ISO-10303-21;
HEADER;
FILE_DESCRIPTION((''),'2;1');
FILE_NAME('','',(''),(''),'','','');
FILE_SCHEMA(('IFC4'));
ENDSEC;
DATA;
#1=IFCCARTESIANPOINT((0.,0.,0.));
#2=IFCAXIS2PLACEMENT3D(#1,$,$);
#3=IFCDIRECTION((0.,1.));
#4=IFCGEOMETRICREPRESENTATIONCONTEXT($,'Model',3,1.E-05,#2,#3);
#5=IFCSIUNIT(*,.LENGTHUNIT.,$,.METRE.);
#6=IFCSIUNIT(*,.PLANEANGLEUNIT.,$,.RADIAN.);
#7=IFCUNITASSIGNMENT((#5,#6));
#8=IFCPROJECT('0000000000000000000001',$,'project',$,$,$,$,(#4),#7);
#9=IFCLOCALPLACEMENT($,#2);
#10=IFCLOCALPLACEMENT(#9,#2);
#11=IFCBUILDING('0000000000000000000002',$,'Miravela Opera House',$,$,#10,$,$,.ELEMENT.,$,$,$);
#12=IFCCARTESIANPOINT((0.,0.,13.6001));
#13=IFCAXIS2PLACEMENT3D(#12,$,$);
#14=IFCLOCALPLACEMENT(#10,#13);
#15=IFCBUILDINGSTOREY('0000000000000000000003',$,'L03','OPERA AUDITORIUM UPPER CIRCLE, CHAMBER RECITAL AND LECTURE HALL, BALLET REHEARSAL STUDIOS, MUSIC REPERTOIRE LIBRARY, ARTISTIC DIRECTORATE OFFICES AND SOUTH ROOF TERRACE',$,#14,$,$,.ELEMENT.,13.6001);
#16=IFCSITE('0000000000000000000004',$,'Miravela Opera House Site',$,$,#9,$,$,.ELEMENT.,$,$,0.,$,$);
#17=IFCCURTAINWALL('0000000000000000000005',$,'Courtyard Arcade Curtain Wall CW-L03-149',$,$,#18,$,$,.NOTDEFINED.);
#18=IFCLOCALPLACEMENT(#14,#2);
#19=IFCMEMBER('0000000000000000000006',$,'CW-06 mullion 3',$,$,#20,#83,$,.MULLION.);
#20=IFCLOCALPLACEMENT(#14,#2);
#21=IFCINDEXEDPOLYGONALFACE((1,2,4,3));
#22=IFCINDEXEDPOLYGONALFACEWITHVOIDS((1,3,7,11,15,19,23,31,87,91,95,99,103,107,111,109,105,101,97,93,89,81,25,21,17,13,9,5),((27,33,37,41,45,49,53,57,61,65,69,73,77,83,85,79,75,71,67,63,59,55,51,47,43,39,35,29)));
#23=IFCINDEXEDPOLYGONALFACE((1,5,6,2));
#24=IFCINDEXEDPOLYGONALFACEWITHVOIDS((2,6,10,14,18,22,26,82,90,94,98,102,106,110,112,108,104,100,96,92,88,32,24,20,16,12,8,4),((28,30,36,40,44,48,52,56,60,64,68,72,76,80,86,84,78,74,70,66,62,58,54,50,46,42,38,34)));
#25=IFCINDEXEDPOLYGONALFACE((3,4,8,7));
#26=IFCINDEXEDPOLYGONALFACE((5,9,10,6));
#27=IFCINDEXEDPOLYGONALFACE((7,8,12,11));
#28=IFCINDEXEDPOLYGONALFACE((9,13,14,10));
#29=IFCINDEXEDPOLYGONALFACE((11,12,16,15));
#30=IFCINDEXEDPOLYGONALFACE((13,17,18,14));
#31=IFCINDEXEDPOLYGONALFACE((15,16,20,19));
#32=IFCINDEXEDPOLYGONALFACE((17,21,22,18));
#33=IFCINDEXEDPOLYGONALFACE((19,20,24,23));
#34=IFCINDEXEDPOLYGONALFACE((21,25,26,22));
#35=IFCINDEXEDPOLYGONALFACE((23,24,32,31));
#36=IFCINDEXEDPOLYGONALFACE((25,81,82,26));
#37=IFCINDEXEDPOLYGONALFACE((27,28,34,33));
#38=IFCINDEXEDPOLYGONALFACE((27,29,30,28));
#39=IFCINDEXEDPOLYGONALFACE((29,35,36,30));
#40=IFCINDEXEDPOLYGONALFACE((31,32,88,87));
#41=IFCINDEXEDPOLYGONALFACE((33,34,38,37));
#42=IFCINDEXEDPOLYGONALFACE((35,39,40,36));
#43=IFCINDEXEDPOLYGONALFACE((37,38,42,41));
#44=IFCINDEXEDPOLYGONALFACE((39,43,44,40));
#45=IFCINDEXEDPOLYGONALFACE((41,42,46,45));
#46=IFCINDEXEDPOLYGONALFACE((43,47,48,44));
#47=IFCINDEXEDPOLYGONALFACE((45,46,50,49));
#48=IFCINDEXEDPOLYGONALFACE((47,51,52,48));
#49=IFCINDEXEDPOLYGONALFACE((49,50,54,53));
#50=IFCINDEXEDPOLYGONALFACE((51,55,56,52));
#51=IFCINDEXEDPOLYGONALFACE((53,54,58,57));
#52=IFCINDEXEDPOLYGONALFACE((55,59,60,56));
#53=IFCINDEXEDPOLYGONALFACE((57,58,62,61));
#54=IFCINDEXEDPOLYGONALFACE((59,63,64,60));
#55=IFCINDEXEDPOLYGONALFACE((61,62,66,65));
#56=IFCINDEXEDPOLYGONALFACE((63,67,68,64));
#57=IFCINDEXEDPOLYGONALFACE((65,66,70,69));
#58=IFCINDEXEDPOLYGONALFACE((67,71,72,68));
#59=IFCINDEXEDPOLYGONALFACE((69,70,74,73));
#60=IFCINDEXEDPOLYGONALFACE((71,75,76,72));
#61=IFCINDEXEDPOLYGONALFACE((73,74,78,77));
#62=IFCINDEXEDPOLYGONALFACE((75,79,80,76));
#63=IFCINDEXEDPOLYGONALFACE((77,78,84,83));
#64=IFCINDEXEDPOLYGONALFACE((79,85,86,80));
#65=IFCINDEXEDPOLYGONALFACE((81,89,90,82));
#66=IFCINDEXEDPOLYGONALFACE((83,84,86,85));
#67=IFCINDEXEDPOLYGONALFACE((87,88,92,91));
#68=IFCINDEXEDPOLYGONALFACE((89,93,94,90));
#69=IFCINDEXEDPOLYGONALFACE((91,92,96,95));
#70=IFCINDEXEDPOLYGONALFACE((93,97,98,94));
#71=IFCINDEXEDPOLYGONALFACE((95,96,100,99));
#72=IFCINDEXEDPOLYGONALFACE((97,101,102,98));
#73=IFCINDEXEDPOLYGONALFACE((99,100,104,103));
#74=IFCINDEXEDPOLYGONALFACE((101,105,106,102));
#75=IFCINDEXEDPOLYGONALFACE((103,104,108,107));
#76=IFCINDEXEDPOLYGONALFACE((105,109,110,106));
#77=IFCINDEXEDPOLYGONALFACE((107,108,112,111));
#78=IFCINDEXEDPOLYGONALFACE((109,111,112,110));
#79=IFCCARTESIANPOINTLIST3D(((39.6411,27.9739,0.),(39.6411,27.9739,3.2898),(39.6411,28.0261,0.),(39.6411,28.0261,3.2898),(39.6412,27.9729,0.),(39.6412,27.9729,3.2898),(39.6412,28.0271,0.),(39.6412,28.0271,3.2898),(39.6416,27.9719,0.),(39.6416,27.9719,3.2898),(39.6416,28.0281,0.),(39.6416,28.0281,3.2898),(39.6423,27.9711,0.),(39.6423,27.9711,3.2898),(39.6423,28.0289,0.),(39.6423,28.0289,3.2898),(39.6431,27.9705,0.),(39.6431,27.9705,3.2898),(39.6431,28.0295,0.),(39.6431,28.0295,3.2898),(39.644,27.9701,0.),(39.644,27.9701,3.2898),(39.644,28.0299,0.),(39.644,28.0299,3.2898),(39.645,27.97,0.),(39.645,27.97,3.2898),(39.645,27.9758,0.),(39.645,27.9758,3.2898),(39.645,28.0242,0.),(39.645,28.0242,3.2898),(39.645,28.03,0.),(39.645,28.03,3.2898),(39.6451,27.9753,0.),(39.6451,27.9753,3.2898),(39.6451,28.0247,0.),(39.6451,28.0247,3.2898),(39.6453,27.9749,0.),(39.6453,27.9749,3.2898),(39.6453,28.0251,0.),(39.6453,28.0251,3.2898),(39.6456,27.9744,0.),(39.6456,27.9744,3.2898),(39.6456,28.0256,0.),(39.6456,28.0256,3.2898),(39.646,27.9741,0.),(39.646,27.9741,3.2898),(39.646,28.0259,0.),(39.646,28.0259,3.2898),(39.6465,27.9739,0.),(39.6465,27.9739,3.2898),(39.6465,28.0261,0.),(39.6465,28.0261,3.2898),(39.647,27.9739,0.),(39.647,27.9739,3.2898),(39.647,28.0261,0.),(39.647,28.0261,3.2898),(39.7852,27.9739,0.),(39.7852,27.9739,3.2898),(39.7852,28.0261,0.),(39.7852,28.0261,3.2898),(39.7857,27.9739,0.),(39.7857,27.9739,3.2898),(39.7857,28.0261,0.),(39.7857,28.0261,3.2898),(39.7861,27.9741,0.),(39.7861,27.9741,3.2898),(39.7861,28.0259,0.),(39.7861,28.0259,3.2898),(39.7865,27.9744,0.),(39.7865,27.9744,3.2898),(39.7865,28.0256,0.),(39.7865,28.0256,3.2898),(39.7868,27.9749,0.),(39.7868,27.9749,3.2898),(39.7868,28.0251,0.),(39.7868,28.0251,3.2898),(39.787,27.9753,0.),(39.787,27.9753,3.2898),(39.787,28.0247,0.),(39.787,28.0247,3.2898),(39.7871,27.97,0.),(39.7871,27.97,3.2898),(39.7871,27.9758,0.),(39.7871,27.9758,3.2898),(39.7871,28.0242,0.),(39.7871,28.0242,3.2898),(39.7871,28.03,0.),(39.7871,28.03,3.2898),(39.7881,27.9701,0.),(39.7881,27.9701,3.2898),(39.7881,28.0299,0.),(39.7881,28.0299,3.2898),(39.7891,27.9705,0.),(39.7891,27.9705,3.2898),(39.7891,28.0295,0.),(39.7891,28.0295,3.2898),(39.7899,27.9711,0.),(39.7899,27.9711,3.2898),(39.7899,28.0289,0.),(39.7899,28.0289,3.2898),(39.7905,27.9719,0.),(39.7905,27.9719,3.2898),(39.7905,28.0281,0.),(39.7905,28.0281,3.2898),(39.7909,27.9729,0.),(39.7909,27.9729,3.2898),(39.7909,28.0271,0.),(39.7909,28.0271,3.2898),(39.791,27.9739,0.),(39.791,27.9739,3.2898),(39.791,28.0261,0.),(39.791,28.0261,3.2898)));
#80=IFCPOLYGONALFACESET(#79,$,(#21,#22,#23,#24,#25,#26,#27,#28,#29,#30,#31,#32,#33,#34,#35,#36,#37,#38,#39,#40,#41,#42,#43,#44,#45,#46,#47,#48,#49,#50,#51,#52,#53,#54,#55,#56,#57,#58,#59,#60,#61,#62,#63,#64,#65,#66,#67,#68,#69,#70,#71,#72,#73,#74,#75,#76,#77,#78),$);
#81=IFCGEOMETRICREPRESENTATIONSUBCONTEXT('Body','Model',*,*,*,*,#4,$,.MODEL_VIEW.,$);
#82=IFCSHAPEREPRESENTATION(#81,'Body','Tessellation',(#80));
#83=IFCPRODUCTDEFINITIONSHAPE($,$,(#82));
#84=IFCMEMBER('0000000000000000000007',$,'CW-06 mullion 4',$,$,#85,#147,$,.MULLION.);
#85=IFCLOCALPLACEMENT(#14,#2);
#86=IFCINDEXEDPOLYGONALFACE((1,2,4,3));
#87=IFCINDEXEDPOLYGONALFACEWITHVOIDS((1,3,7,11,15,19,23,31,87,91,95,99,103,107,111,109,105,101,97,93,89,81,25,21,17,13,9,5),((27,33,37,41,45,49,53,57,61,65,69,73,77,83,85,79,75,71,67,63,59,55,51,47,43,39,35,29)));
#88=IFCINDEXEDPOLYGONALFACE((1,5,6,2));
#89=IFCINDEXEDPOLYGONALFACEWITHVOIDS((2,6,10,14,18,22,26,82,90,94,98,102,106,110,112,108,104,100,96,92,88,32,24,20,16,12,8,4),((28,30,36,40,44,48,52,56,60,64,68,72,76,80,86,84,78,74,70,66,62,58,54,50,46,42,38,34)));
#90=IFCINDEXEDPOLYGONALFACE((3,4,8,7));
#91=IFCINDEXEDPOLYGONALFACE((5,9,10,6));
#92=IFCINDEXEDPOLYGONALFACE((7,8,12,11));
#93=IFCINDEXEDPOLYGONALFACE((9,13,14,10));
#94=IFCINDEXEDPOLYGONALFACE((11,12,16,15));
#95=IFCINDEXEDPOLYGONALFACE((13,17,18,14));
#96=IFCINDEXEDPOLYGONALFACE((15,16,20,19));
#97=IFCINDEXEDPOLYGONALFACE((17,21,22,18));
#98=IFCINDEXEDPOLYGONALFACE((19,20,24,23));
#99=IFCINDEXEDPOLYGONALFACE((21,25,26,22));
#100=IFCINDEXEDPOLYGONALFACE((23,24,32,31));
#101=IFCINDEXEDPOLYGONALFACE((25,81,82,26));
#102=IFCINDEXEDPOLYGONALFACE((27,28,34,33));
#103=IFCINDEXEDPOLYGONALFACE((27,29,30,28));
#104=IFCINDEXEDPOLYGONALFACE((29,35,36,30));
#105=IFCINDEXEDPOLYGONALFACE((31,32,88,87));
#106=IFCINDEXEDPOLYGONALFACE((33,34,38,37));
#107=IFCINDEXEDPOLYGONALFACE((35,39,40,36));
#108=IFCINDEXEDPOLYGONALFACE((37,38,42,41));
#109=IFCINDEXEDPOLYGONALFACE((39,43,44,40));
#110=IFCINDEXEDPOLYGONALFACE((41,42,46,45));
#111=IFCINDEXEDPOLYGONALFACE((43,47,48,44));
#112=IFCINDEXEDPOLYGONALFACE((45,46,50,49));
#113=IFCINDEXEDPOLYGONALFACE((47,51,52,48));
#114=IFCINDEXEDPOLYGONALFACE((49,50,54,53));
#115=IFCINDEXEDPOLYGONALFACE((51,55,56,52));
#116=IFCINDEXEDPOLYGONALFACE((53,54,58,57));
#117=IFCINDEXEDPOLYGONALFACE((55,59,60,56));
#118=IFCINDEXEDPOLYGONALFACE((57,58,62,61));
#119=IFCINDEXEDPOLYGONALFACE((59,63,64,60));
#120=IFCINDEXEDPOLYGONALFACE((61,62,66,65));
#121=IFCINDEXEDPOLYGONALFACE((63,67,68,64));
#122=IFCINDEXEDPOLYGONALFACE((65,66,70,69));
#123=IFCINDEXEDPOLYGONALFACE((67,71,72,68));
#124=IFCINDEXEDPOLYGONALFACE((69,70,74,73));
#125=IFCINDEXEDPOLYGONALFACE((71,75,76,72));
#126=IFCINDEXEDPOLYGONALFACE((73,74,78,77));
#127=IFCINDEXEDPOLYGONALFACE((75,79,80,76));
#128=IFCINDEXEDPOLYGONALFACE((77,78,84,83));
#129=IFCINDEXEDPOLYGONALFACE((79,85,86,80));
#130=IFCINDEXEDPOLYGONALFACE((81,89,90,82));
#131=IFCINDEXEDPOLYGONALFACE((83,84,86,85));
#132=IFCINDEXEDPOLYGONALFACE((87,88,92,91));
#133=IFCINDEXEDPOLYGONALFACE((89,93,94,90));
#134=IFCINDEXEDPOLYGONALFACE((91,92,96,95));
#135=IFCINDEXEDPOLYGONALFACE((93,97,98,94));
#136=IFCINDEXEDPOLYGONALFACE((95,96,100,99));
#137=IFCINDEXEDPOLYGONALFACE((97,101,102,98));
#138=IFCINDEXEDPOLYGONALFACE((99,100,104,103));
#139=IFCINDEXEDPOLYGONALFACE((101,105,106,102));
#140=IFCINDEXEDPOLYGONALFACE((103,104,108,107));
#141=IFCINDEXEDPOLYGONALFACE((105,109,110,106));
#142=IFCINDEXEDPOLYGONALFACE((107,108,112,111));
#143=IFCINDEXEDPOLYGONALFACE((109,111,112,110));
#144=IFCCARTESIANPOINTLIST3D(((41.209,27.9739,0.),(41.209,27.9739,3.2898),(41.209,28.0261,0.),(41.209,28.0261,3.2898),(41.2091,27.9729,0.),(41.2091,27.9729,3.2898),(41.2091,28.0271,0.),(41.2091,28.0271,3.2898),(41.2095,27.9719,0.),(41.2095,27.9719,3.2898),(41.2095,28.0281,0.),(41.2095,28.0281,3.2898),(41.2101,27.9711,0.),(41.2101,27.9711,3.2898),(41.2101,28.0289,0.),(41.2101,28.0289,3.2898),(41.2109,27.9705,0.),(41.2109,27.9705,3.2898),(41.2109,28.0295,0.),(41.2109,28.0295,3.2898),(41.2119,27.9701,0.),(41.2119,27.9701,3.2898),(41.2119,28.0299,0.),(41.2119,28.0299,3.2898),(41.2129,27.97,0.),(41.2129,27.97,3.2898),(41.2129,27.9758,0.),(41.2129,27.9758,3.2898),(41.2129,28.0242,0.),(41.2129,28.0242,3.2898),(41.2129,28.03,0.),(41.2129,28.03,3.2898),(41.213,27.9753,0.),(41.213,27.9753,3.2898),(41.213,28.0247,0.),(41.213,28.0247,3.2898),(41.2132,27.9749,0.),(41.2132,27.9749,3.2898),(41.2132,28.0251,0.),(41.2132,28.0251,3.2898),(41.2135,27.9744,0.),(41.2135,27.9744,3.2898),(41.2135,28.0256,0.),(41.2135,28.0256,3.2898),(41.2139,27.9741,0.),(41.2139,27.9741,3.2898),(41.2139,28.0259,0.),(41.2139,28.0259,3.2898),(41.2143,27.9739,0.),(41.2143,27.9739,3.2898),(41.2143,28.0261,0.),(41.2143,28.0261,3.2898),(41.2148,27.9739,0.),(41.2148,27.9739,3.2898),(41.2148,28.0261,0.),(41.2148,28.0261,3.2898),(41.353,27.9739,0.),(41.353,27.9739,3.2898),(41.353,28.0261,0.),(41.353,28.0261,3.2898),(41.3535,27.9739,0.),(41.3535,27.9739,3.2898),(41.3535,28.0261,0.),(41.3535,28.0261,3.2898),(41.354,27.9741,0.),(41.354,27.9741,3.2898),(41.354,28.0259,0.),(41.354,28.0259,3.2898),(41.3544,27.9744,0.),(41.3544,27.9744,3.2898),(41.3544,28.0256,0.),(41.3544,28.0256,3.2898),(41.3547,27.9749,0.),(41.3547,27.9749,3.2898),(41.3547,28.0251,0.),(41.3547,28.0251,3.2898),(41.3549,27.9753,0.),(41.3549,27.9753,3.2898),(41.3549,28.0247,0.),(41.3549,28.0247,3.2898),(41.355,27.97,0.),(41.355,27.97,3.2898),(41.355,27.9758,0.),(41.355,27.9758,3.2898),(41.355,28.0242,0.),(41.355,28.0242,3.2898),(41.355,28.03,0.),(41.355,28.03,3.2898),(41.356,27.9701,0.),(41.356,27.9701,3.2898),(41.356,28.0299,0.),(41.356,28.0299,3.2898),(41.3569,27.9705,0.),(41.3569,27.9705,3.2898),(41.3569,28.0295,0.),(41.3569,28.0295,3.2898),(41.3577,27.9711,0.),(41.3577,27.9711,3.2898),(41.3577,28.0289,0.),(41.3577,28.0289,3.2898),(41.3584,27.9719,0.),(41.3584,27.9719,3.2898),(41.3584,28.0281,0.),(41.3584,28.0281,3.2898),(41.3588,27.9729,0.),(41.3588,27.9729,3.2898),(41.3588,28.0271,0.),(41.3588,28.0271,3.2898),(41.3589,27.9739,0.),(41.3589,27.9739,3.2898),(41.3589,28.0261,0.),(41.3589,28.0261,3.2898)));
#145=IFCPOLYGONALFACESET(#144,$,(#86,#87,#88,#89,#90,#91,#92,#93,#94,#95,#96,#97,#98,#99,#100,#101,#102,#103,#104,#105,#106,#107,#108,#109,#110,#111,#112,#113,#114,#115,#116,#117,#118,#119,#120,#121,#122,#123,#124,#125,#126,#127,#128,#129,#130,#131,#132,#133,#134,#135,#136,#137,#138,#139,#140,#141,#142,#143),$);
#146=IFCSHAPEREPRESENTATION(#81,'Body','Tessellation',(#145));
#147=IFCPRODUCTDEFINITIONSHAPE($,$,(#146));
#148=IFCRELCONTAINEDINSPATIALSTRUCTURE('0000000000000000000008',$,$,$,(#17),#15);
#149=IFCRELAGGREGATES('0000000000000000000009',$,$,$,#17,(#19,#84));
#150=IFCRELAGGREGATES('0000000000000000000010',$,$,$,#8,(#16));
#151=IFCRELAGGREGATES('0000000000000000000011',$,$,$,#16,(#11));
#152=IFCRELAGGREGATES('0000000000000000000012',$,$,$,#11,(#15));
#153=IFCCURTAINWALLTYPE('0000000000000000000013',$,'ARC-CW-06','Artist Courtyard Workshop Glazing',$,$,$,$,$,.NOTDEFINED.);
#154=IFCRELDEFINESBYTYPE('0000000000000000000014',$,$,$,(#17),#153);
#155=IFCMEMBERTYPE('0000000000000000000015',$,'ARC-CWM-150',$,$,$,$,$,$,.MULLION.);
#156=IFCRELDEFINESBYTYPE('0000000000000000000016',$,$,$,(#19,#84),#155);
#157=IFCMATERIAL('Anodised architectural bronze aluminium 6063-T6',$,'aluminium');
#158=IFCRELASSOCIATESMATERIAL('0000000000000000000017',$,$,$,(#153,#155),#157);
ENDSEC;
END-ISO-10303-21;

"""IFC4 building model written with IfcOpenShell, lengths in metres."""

from ifc_helpers import new_model, si_unit, direction, frame, origin, origin_2d, place, context, subcontext, project, spatial, hollow_rectangle, extrude, material, material_profile, profile_set, type_object, element, aggregate, save


model = new_model("IFC4")

# Units and contexts
model_context = context("Model", 3, precision=1e-05, world=origin(), true_north=direction((0.0, 1.0)))
body_context = subcontext(model_context, "Body", "Model", "MODEL_VIEW")
ifc_project = project(units=[si_unit("LENGTHUNIT", "METRE"), si_unit("PLANEANGLEUNIT", "RADIAN")], contexts=[model_context])

# Site, building, storey
site_placement = place(None, origin())
site = spatial("IfcSite", under=ifc_project, at=site_placement, Name="Miravela Opera House Site", CompositionType="ELEMENT", RefElevation=0.0)
building_placement = place(site_placement, origin())
building = spatial("IfcBuilding", under=site, at=building_placement, Name="Miravela Opera House", CompositionType="ELEMENT")
storey_placement = place(building_placement, frame((0.0, 0.0, 13.6001)))
storey = spatial("IfcBuildingStorey", under=building, at=storey_placement, Name="L03", Description="OPERA AUDITORIUM UPPER CIRCLE, CHAMBER RECITAL AND LECTURE HALL, BALLET REHEARSAL STUDIOS, MUSIC REPERTOIRE LIBRARY, ARTISTIC DIRECTORATE OFFICES AND SOUTH ROOF TERRACE", CompositionType="ELEMENT", Elevation=13.6001)

# Curtain wall, members
ifc_material_1 = material(Name="Anodised architectural bronze aluminium 6063-T6", Category="aluminium")
curtain_wall_type = type_object("IfcCurtainWallType", Name="ARC-CW-06", Description="Artist Courtyard Workshop Glazing", PredefinedType="NOTDEFINED", material=ifc_material_1)
curtain_wall_placement = place(storey_placement, origin())
curtain_wall = element("IfcCurtainWall", 1, at=curtain_wall_placement, inside=storey, type_object=curtain_wall_type, Name="Courtyard Arcade Curtain Wall CW-L03-149", PredefinedType="NOTDEFINED")
ifc_material_profile_1 = material_profile(ifc_material_1, hollow_rectangle(XDim=0.0601, YDim=0.1499, WallThickness=0.0039, InnerFilletRadius=0.002, OuterFilletRadius=0.0039, at=origin_2d()), Name="CWM-60X150")
ifc_profile_set_1 = profile_set([ifc_material_profile_1])
member_type_1 = type_object("IfcMemberType", Name="ARC-CWM-150", PredefinedType="MULLION", material=ifc_profile_set_1)
member_1_placement = place(storey_placement, frame((39.7161, 28.0, 0.0), z_axis=(0.0, 0.0, 1.0), x_axis=(0.0, 1.0, 0.0)))
member_1 = element("IfcMember", 2, at=member_1_placement, type_object=member_type_1, Name="CW-06 mullion 3", PredefinedType="MULLION", context=body_context, shape_type="SweptSolid", body=[
    extrude(hollow_rectangle(XDim=0.0601, YDim=0.1499, WallThickness=0.0039, InnerFilletRadius=0.002, OuterFilletRadius=0.0039, at=origin_2d()), origin(), (0.0, 0.0, 1.0), 3.2898),
])
member_2_placement = place(storey_placement, frame((41.2839, 28.0, 0.0), z_axis=(0.0, 0.0, 1.0), x_axis=(0.0, 1.0, 0.0)))
member_2 = element("IfcMember", 3, at=member_2_placement, type_object=member_type_1, Name="CW-06 mullion 4", PredefinedType="MULLION", context=body_context, shape_type="SweptSolid", body=[
    extrude(hollow_rectangle(XDim=0.0601, YDim=0.1499, WallThickness=0.0039, InnerFilletRadius=0.002, OuterFilletRadius=0.0039, at=origin_2d()), origin(), (0.0, 0.0, 1.0), 3.2898),
])

aggregate(curtain_wall, [member_1, member_2])

save(model, "model.ifc")
